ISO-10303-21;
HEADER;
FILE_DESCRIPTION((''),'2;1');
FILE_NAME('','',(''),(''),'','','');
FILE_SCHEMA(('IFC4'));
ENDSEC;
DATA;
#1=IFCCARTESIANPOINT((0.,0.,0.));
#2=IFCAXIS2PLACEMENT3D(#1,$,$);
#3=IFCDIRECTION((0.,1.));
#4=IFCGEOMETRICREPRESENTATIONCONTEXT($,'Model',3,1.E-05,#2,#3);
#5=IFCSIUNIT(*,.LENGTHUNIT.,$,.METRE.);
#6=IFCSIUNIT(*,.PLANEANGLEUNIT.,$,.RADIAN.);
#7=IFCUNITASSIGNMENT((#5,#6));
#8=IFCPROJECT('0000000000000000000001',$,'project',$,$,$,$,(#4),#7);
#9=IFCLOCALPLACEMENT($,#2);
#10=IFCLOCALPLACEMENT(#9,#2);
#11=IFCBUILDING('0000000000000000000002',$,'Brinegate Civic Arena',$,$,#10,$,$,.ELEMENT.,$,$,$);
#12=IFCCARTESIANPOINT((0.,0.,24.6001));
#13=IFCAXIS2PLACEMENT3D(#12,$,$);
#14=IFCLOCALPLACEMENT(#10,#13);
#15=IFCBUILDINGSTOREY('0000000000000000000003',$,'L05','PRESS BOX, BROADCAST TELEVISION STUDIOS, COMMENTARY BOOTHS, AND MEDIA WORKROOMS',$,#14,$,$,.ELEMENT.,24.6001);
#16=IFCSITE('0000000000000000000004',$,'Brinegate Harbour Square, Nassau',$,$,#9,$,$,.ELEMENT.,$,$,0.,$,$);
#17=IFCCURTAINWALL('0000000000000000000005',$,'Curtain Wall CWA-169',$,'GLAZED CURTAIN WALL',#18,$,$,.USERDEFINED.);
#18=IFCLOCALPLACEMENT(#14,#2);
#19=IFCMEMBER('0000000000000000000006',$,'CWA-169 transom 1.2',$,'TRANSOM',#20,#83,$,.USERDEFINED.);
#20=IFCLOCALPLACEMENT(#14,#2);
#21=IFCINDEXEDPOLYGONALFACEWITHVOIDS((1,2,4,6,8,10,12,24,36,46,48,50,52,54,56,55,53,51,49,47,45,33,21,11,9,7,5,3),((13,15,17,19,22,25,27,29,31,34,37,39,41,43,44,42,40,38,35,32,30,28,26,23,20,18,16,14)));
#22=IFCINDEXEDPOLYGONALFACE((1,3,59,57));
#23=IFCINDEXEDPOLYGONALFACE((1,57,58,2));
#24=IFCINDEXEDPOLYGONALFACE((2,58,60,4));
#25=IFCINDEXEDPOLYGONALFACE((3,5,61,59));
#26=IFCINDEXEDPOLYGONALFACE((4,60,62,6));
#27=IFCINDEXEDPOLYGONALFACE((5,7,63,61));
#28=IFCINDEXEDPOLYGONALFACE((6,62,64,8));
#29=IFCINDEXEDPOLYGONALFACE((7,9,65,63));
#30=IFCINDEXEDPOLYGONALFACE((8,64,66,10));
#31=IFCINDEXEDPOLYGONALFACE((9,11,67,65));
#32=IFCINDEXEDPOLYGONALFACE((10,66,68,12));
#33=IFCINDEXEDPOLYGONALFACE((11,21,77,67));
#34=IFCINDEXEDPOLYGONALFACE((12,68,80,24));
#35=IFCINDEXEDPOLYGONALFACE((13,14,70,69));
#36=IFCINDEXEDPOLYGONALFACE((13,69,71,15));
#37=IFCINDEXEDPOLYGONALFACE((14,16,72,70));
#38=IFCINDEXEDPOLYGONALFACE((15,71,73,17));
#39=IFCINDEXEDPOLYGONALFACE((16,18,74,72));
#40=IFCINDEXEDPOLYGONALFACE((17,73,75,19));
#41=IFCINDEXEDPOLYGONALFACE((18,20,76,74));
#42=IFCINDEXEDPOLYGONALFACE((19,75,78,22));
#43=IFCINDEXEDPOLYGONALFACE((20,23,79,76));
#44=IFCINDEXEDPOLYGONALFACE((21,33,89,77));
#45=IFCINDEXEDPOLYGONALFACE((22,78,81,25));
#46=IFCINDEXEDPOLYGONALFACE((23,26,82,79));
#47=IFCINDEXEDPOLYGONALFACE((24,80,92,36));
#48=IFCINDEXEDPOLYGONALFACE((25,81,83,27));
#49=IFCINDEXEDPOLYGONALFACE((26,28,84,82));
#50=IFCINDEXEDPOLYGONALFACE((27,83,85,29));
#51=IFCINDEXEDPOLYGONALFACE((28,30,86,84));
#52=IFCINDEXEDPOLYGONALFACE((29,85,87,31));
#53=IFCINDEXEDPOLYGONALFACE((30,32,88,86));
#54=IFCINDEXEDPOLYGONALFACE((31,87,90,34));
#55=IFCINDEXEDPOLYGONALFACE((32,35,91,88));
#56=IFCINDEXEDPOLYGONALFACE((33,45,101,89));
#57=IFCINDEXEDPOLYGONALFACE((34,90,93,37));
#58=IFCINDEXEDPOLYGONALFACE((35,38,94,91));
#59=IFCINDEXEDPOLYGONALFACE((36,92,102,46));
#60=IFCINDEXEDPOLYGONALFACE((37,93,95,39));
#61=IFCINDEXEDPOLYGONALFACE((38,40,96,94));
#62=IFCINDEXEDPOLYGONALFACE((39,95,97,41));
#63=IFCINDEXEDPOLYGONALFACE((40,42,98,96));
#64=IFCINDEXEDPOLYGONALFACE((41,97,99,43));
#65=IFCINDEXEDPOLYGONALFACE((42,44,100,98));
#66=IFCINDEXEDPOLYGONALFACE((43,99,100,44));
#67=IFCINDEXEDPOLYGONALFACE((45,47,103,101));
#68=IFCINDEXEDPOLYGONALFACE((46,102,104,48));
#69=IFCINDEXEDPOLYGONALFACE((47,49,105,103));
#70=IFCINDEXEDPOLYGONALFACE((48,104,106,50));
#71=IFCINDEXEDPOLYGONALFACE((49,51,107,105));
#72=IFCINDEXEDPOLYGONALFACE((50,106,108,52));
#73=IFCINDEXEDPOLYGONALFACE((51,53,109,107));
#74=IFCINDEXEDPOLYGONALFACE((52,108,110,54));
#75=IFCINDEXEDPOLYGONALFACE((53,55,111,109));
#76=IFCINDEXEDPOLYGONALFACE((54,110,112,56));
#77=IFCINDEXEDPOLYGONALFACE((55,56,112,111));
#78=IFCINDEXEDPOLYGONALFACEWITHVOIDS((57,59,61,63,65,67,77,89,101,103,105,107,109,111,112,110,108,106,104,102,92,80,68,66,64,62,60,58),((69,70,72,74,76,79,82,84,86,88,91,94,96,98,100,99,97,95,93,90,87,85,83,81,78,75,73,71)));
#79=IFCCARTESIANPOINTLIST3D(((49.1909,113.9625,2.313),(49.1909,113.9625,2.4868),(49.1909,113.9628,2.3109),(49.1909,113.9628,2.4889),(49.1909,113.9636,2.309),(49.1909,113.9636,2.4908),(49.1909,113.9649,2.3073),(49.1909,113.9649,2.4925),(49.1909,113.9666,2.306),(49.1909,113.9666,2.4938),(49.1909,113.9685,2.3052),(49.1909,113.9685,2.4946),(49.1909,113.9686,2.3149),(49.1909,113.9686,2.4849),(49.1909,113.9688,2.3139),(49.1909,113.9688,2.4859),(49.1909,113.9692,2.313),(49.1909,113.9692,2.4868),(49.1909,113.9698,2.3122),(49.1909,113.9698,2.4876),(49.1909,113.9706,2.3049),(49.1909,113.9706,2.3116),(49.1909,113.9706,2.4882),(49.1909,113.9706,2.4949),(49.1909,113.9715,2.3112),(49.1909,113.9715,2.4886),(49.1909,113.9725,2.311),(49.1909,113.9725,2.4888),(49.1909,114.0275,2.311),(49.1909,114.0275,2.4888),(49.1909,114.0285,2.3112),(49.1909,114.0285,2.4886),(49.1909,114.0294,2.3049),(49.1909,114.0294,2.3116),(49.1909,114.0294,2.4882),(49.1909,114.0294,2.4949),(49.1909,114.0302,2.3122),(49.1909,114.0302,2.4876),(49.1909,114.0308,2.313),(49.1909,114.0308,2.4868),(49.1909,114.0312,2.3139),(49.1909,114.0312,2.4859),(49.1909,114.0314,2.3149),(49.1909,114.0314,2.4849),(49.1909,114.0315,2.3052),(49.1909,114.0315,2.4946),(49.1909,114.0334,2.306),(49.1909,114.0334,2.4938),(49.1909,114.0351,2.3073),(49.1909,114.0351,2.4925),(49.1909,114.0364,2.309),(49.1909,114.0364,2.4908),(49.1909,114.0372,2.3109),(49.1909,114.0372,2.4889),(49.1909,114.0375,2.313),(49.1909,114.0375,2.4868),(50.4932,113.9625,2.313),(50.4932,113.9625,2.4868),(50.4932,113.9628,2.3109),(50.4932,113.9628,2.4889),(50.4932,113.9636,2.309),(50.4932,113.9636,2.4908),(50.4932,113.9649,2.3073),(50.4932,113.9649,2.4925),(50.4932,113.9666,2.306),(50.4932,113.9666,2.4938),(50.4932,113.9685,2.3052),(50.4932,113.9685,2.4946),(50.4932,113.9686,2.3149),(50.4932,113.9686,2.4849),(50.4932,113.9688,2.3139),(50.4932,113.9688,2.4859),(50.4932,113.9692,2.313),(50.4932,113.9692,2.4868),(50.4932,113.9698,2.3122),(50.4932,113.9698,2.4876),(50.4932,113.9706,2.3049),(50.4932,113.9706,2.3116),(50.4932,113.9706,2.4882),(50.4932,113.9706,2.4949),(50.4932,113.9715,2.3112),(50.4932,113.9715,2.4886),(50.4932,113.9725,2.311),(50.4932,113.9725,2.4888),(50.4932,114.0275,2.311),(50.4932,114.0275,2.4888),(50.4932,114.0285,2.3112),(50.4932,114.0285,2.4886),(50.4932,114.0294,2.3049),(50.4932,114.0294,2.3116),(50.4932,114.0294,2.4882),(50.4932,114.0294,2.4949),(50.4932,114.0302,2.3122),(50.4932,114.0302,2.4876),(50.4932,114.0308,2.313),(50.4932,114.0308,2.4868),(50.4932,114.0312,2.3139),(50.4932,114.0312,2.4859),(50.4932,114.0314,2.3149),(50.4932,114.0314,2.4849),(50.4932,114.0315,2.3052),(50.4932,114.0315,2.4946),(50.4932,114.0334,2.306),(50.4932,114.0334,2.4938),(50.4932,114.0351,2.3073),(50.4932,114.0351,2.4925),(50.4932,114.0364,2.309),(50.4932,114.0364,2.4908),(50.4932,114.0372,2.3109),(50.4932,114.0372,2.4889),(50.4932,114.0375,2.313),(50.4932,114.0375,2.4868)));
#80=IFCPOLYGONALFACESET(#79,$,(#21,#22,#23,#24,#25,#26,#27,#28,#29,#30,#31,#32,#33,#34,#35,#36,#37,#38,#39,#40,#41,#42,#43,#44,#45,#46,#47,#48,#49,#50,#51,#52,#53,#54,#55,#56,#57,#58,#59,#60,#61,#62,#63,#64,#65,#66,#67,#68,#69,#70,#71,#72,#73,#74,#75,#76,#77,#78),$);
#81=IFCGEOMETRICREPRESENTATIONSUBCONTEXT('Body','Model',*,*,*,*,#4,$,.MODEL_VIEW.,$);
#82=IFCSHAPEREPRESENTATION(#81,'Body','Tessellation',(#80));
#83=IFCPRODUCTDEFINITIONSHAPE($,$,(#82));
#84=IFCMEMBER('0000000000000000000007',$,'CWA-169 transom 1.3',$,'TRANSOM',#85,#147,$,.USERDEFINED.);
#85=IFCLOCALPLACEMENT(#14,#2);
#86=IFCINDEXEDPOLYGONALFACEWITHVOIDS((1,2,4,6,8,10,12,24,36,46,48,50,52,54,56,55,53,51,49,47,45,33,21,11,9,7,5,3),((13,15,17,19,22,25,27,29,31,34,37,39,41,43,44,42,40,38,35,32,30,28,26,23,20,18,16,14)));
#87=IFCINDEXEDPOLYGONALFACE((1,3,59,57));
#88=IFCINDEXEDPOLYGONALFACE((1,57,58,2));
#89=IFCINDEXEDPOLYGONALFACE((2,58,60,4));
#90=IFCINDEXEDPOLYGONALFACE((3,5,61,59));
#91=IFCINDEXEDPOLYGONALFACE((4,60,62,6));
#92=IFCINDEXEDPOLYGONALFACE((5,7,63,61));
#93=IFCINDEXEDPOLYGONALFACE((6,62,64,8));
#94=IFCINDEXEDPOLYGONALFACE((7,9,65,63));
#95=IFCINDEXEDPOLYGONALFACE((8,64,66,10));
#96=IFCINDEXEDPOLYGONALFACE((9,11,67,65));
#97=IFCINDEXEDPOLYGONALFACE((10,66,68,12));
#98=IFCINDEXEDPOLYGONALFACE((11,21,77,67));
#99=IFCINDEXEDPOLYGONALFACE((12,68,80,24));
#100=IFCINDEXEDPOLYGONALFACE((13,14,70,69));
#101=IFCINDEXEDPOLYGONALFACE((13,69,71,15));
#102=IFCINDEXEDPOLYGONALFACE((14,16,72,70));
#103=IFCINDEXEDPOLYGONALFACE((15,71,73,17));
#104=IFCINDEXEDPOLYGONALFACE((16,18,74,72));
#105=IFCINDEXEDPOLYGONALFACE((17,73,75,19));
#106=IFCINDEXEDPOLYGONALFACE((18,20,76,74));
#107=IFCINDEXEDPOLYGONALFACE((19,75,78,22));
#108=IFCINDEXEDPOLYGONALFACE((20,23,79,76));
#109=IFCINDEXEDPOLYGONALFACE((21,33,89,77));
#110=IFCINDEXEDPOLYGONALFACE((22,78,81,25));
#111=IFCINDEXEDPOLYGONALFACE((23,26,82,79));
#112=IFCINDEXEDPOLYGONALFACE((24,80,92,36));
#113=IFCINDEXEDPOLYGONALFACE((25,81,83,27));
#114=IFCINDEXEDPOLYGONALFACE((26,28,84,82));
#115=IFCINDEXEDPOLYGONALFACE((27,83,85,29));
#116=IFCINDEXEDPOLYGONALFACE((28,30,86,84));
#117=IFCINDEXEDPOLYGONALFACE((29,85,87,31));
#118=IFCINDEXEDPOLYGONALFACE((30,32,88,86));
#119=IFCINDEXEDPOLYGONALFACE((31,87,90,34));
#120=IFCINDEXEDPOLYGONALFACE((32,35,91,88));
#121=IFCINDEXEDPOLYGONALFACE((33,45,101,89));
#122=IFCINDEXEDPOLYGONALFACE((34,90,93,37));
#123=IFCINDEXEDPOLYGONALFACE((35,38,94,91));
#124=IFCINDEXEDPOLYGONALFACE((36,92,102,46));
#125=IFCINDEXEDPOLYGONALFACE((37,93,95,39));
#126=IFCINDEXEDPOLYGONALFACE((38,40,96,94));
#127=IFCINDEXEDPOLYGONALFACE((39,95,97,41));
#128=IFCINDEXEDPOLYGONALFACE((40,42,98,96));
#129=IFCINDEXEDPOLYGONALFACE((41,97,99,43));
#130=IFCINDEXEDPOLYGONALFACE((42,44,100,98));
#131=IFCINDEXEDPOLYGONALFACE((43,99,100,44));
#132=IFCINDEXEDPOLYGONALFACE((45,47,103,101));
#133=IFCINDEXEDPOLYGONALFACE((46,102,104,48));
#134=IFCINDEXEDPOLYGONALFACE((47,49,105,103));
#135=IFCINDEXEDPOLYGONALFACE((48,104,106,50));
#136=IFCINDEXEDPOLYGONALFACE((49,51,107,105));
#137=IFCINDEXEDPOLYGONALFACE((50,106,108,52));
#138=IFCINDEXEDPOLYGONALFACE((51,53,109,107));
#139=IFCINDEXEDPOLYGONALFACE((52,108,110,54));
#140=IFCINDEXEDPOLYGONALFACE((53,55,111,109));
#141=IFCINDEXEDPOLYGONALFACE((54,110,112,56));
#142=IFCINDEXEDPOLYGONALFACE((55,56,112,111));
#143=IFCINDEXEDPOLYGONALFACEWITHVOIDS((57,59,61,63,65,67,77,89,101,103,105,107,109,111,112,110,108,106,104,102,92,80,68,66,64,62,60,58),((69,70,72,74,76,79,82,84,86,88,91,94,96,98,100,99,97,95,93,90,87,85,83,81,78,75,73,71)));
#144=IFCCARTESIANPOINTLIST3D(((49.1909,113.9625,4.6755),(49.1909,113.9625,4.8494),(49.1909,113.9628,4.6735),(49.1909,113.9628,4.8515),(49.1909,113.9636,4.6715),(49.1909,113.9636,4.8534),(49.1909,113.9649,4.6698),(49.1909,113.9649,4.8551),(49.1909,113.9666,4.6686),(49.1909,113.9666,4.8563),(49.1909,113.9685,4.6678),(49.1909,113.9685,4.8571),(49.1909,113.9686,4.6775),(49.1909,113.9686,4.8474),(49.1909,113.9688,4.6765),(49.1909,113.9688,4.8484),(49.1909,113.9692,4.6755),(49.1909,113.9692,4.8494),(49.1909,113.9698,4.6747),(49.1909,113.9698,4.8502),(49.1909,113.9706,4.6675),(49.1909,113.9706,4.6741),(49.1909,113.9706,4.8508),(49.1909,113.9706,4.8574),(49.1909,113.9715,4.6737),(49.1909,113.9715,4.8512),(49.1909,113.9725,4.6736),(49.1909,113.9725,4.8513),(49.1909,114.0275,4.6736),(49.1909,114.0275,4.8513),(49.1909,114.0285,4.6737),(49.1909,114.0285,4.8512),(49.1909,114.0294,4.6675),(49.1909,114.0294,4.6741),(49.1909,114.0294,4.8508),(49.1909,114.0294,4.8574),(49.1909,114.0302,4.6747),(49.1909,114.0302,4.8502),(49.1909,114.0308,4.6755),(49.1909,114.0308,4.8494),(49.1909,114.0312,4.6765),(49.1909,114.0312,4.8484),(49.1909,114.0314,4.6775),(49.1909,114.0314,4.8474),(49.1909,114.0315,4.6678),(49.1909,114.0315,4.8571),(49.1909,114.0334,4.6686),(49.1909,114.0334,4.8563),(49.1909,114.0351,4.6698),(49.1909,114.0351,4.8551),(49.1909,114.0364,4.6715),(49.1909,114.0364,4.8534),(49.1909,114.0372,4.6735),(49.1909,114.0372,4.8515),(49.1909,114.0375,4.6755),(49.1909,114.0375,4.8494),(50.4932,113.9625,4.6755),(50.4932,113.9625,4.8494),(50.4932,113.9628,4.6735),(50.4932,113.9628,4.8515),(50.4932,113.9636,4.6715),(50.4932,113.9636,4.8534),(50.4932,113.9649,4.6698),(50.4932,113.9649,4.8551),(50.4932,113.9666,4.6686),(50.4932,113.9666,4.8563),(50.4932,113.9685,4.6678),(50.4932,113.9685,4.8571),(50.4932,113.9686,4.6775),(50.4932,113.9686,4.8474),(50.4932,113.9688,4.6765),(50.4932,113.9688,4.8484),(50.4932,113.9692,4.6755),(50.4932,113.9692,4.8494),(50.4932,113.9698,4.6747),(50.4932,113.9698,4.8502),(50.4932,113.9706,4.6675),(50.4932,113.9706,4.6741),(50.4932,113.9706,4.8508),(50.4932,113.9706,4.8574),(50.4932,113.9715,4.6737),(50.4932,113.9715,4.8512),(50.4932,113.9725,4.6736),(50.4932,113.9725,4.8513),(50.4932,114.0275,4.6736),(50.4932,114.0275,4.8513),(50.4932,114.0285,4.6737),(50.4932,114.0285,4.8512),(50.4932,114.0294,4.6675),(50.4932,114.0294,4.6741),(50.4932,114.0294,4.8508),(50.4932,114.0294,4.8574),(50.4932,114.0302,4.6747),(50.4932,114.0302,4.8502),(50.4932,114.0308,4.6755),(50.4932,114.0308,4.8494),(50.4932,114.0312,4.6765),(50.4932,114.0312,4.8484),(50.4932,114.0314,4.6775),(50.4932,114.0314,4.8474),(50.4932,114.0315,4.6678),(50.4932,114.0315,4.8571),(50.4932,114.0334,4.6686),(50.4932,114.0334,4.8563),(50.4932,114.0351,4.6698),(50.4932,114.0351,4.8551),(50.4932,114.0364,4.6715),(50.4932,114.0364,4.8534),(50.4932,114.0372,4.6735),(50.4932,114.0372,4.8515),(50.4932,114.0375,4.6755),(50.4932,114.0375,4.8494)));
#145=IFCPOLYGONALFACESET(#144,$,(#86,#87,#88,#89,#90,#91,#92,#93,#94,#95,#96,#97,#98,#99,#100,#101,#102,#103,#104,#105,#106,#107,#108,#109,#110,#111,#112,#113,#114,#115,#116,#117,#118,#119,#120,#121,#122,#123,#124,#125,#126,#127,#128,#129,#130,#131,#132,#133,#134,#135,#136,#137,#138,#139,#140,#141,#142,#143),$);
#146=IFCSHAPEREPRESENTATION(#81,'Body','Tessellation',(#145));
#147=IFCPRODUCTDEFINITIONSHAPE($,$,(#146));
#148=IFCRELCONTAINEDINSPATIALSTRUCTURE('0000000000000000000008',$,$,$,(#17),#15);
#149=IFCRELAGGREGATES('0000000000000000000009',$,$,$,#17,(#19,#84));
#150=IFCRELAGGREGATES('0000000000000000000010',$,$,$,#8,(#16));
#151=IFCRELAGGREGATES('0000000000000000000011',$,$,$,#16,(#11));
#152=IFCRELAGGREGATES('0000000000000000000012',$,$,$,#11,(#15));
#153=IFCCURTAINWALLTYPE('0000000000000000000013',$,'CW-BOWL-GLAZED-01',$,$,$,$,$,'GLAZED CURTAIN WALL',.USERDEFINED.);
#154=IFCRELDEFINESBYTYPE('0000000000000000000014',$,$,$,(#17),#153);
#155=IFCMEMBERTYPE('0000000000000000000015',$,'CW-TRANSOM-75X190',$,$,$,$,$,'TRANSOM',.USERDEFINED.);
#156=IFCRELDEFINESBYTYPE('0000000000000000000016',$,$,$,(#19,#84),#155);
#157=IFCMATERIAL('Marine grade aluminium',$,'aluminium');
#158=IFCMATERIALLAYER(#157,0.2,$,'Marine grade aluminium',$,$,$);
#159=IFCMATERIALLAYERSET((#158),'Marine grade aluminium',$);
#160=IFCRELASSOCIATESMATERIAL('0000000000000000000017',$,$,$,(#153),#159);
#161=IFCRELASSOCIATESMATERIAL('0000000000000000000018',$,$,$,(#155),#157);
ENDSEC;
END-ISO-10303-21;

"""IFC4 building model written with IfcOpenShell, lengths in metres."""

from ifc_helpers import new_model, si_unit, direction, frame, origin, origin_2d, place, context, subcontext, project, spatial, hollow_rectangle, extrude, material, layer, layer_set, material_profile, profile_set, type_object, element, aggregate, save


model = new_model("IFC4")

# Units and contexts
model_context = context("Model", 3, precision=1e-05, world=origin(), true_north=direction((0.0, 1.0)))
body_context = subcontext(model_context, "Body", "Model", "MODEL_VIEW")
ifc_project = project(units=[si_unit("LENGTHUNIT", "METRE"), si_unit("PLANEANGLEUNIT", "RADIAN")], contexts=[model_context])

# Site, building, storey
site_placement = place(None, origin())
site = spatial("IfcSite", under=ifc_project, at=site_placement, Name="Brinegate Harbour Square, Nassau", CompositionType="ELEMENT", RefElevation=0.0)
building_placement = place(site_placement, origin())
building = spatial("IfcBuilding", under=site, at=building_placement, Name="Brinegate Civic Arena", CompositionType="ELEMENT")
storey_placement = place(building_placement, frame((0.0, 0.0, 24.6001)))
storey = spatial("IfcBuildingStorey", under=building, at=storey_placement, Name="L05", Description="PRESS BOX, BROADCAST TELEVISION STUDIOS, COMMENTARY BOOTHS, AND MEDIA WORKROOMS", CompositionType="ELEMENT", Elevation=24.6001)

# Curtain wall
ifc_material_1 = material(Name="Marine grade aluminium", Category="aluminium")
ifc_layer_1 = layer(ifc_material_1, 0.2, Name="Marine grade aluminium")
ifc_layer_set_1 = layer_set([ifc_layer_1], Name="Marine grade aluminium")
curtain_wall_type = type_object("IfcCurtainWallType", Name="CW-BOWL-GLAZED-01", ElementType="GLAZED CURTAIN WALL", PredefinedType="USERDEFINED", material=ifc_layer_set_1)
curtain_wall_1_placement = place(storey_placement, origin())
curtain_wall_1 = element("IfcCurtainWall", 1, at=curtain_wall_1_placement, inside=storey, type_object=curtain_wall_type, Name="Curtain Wall CWA-169", ObjectType="GLAZED CURTAIN WALL", PredefinedType="USERDEFINED")

# Members
ifc_material_profile_1 = material_profile(ifc_material_1, hollow_rectangle(XDim=0.075, YDim=0.1899, WallThickness=0.0061, InnerFilletRadius=0.0039, OuterFilletRadius=0.0081, at=origin_2d()), Name="TRN75X190")
ifc_profile_set_1 = profile_set([ifc_material_profile_1], Name="Marine grade aluminium")
member_type_1 = type_object("IfcMemberType", Name="CW-TRANSOM-75X190", ElementType="TRANSOM", PredefinedType="USERDEFINED", material=ifc_profile_set_1)
member_1_placement = place(storey_placement, frame((49.1909, 114.0, 2.3999), z_axis=(1.0, 0.0, 0.0), x_axis=(0.0, 1.0, 0.0)))
member_1 = element("IfcMember", 2, at=member_1_placement, type_object=member_type_1, Name="CWA-169 transom 1.2", ObjectType="TRANSOM", PredefinedType="USERDEFINED", context=body_context, shape_type="SweptSolid", body=[
    extrude(hollow_rectangle(XDim=0.075, YDim=0.1899, WallThickness=0.0061, InnerFilletRadius=0.0039, OuterFilletRadius=0.0081, at=origin_2d()), origin(), (0.0, 0.0, 1.0), 1.3022),
])
member_2_placement = place(storey_placement, frame((49.1909, 114.0, 4.7625), z_axis=(1.0, 0.0, 0.0), x_axis=(0.0, 1.0, 0.0)))
member_2 = element("IfcMember", 3, at=member_2_placement, type_object=member_type_1, Name="CWA-169 transom 1.3", ObjectType="TRANSOM", PredefinedType="USERDEFINED", context=body_context, shape_type="SweptSolid", body=[
    extrude(hollow_rectangle(XDim=0.075, YDim=0.1899, WallThickness=0.0061, InnerFilletRadius=0.0039, OuterFilletRadius=0.0081, at=origin_2d()), origin(), (0.0, 0.0, 1.0), 1.3022),
])

aggregate(curtain_wall_1, [member_1, member_2])

save(model, "model.ifc")
